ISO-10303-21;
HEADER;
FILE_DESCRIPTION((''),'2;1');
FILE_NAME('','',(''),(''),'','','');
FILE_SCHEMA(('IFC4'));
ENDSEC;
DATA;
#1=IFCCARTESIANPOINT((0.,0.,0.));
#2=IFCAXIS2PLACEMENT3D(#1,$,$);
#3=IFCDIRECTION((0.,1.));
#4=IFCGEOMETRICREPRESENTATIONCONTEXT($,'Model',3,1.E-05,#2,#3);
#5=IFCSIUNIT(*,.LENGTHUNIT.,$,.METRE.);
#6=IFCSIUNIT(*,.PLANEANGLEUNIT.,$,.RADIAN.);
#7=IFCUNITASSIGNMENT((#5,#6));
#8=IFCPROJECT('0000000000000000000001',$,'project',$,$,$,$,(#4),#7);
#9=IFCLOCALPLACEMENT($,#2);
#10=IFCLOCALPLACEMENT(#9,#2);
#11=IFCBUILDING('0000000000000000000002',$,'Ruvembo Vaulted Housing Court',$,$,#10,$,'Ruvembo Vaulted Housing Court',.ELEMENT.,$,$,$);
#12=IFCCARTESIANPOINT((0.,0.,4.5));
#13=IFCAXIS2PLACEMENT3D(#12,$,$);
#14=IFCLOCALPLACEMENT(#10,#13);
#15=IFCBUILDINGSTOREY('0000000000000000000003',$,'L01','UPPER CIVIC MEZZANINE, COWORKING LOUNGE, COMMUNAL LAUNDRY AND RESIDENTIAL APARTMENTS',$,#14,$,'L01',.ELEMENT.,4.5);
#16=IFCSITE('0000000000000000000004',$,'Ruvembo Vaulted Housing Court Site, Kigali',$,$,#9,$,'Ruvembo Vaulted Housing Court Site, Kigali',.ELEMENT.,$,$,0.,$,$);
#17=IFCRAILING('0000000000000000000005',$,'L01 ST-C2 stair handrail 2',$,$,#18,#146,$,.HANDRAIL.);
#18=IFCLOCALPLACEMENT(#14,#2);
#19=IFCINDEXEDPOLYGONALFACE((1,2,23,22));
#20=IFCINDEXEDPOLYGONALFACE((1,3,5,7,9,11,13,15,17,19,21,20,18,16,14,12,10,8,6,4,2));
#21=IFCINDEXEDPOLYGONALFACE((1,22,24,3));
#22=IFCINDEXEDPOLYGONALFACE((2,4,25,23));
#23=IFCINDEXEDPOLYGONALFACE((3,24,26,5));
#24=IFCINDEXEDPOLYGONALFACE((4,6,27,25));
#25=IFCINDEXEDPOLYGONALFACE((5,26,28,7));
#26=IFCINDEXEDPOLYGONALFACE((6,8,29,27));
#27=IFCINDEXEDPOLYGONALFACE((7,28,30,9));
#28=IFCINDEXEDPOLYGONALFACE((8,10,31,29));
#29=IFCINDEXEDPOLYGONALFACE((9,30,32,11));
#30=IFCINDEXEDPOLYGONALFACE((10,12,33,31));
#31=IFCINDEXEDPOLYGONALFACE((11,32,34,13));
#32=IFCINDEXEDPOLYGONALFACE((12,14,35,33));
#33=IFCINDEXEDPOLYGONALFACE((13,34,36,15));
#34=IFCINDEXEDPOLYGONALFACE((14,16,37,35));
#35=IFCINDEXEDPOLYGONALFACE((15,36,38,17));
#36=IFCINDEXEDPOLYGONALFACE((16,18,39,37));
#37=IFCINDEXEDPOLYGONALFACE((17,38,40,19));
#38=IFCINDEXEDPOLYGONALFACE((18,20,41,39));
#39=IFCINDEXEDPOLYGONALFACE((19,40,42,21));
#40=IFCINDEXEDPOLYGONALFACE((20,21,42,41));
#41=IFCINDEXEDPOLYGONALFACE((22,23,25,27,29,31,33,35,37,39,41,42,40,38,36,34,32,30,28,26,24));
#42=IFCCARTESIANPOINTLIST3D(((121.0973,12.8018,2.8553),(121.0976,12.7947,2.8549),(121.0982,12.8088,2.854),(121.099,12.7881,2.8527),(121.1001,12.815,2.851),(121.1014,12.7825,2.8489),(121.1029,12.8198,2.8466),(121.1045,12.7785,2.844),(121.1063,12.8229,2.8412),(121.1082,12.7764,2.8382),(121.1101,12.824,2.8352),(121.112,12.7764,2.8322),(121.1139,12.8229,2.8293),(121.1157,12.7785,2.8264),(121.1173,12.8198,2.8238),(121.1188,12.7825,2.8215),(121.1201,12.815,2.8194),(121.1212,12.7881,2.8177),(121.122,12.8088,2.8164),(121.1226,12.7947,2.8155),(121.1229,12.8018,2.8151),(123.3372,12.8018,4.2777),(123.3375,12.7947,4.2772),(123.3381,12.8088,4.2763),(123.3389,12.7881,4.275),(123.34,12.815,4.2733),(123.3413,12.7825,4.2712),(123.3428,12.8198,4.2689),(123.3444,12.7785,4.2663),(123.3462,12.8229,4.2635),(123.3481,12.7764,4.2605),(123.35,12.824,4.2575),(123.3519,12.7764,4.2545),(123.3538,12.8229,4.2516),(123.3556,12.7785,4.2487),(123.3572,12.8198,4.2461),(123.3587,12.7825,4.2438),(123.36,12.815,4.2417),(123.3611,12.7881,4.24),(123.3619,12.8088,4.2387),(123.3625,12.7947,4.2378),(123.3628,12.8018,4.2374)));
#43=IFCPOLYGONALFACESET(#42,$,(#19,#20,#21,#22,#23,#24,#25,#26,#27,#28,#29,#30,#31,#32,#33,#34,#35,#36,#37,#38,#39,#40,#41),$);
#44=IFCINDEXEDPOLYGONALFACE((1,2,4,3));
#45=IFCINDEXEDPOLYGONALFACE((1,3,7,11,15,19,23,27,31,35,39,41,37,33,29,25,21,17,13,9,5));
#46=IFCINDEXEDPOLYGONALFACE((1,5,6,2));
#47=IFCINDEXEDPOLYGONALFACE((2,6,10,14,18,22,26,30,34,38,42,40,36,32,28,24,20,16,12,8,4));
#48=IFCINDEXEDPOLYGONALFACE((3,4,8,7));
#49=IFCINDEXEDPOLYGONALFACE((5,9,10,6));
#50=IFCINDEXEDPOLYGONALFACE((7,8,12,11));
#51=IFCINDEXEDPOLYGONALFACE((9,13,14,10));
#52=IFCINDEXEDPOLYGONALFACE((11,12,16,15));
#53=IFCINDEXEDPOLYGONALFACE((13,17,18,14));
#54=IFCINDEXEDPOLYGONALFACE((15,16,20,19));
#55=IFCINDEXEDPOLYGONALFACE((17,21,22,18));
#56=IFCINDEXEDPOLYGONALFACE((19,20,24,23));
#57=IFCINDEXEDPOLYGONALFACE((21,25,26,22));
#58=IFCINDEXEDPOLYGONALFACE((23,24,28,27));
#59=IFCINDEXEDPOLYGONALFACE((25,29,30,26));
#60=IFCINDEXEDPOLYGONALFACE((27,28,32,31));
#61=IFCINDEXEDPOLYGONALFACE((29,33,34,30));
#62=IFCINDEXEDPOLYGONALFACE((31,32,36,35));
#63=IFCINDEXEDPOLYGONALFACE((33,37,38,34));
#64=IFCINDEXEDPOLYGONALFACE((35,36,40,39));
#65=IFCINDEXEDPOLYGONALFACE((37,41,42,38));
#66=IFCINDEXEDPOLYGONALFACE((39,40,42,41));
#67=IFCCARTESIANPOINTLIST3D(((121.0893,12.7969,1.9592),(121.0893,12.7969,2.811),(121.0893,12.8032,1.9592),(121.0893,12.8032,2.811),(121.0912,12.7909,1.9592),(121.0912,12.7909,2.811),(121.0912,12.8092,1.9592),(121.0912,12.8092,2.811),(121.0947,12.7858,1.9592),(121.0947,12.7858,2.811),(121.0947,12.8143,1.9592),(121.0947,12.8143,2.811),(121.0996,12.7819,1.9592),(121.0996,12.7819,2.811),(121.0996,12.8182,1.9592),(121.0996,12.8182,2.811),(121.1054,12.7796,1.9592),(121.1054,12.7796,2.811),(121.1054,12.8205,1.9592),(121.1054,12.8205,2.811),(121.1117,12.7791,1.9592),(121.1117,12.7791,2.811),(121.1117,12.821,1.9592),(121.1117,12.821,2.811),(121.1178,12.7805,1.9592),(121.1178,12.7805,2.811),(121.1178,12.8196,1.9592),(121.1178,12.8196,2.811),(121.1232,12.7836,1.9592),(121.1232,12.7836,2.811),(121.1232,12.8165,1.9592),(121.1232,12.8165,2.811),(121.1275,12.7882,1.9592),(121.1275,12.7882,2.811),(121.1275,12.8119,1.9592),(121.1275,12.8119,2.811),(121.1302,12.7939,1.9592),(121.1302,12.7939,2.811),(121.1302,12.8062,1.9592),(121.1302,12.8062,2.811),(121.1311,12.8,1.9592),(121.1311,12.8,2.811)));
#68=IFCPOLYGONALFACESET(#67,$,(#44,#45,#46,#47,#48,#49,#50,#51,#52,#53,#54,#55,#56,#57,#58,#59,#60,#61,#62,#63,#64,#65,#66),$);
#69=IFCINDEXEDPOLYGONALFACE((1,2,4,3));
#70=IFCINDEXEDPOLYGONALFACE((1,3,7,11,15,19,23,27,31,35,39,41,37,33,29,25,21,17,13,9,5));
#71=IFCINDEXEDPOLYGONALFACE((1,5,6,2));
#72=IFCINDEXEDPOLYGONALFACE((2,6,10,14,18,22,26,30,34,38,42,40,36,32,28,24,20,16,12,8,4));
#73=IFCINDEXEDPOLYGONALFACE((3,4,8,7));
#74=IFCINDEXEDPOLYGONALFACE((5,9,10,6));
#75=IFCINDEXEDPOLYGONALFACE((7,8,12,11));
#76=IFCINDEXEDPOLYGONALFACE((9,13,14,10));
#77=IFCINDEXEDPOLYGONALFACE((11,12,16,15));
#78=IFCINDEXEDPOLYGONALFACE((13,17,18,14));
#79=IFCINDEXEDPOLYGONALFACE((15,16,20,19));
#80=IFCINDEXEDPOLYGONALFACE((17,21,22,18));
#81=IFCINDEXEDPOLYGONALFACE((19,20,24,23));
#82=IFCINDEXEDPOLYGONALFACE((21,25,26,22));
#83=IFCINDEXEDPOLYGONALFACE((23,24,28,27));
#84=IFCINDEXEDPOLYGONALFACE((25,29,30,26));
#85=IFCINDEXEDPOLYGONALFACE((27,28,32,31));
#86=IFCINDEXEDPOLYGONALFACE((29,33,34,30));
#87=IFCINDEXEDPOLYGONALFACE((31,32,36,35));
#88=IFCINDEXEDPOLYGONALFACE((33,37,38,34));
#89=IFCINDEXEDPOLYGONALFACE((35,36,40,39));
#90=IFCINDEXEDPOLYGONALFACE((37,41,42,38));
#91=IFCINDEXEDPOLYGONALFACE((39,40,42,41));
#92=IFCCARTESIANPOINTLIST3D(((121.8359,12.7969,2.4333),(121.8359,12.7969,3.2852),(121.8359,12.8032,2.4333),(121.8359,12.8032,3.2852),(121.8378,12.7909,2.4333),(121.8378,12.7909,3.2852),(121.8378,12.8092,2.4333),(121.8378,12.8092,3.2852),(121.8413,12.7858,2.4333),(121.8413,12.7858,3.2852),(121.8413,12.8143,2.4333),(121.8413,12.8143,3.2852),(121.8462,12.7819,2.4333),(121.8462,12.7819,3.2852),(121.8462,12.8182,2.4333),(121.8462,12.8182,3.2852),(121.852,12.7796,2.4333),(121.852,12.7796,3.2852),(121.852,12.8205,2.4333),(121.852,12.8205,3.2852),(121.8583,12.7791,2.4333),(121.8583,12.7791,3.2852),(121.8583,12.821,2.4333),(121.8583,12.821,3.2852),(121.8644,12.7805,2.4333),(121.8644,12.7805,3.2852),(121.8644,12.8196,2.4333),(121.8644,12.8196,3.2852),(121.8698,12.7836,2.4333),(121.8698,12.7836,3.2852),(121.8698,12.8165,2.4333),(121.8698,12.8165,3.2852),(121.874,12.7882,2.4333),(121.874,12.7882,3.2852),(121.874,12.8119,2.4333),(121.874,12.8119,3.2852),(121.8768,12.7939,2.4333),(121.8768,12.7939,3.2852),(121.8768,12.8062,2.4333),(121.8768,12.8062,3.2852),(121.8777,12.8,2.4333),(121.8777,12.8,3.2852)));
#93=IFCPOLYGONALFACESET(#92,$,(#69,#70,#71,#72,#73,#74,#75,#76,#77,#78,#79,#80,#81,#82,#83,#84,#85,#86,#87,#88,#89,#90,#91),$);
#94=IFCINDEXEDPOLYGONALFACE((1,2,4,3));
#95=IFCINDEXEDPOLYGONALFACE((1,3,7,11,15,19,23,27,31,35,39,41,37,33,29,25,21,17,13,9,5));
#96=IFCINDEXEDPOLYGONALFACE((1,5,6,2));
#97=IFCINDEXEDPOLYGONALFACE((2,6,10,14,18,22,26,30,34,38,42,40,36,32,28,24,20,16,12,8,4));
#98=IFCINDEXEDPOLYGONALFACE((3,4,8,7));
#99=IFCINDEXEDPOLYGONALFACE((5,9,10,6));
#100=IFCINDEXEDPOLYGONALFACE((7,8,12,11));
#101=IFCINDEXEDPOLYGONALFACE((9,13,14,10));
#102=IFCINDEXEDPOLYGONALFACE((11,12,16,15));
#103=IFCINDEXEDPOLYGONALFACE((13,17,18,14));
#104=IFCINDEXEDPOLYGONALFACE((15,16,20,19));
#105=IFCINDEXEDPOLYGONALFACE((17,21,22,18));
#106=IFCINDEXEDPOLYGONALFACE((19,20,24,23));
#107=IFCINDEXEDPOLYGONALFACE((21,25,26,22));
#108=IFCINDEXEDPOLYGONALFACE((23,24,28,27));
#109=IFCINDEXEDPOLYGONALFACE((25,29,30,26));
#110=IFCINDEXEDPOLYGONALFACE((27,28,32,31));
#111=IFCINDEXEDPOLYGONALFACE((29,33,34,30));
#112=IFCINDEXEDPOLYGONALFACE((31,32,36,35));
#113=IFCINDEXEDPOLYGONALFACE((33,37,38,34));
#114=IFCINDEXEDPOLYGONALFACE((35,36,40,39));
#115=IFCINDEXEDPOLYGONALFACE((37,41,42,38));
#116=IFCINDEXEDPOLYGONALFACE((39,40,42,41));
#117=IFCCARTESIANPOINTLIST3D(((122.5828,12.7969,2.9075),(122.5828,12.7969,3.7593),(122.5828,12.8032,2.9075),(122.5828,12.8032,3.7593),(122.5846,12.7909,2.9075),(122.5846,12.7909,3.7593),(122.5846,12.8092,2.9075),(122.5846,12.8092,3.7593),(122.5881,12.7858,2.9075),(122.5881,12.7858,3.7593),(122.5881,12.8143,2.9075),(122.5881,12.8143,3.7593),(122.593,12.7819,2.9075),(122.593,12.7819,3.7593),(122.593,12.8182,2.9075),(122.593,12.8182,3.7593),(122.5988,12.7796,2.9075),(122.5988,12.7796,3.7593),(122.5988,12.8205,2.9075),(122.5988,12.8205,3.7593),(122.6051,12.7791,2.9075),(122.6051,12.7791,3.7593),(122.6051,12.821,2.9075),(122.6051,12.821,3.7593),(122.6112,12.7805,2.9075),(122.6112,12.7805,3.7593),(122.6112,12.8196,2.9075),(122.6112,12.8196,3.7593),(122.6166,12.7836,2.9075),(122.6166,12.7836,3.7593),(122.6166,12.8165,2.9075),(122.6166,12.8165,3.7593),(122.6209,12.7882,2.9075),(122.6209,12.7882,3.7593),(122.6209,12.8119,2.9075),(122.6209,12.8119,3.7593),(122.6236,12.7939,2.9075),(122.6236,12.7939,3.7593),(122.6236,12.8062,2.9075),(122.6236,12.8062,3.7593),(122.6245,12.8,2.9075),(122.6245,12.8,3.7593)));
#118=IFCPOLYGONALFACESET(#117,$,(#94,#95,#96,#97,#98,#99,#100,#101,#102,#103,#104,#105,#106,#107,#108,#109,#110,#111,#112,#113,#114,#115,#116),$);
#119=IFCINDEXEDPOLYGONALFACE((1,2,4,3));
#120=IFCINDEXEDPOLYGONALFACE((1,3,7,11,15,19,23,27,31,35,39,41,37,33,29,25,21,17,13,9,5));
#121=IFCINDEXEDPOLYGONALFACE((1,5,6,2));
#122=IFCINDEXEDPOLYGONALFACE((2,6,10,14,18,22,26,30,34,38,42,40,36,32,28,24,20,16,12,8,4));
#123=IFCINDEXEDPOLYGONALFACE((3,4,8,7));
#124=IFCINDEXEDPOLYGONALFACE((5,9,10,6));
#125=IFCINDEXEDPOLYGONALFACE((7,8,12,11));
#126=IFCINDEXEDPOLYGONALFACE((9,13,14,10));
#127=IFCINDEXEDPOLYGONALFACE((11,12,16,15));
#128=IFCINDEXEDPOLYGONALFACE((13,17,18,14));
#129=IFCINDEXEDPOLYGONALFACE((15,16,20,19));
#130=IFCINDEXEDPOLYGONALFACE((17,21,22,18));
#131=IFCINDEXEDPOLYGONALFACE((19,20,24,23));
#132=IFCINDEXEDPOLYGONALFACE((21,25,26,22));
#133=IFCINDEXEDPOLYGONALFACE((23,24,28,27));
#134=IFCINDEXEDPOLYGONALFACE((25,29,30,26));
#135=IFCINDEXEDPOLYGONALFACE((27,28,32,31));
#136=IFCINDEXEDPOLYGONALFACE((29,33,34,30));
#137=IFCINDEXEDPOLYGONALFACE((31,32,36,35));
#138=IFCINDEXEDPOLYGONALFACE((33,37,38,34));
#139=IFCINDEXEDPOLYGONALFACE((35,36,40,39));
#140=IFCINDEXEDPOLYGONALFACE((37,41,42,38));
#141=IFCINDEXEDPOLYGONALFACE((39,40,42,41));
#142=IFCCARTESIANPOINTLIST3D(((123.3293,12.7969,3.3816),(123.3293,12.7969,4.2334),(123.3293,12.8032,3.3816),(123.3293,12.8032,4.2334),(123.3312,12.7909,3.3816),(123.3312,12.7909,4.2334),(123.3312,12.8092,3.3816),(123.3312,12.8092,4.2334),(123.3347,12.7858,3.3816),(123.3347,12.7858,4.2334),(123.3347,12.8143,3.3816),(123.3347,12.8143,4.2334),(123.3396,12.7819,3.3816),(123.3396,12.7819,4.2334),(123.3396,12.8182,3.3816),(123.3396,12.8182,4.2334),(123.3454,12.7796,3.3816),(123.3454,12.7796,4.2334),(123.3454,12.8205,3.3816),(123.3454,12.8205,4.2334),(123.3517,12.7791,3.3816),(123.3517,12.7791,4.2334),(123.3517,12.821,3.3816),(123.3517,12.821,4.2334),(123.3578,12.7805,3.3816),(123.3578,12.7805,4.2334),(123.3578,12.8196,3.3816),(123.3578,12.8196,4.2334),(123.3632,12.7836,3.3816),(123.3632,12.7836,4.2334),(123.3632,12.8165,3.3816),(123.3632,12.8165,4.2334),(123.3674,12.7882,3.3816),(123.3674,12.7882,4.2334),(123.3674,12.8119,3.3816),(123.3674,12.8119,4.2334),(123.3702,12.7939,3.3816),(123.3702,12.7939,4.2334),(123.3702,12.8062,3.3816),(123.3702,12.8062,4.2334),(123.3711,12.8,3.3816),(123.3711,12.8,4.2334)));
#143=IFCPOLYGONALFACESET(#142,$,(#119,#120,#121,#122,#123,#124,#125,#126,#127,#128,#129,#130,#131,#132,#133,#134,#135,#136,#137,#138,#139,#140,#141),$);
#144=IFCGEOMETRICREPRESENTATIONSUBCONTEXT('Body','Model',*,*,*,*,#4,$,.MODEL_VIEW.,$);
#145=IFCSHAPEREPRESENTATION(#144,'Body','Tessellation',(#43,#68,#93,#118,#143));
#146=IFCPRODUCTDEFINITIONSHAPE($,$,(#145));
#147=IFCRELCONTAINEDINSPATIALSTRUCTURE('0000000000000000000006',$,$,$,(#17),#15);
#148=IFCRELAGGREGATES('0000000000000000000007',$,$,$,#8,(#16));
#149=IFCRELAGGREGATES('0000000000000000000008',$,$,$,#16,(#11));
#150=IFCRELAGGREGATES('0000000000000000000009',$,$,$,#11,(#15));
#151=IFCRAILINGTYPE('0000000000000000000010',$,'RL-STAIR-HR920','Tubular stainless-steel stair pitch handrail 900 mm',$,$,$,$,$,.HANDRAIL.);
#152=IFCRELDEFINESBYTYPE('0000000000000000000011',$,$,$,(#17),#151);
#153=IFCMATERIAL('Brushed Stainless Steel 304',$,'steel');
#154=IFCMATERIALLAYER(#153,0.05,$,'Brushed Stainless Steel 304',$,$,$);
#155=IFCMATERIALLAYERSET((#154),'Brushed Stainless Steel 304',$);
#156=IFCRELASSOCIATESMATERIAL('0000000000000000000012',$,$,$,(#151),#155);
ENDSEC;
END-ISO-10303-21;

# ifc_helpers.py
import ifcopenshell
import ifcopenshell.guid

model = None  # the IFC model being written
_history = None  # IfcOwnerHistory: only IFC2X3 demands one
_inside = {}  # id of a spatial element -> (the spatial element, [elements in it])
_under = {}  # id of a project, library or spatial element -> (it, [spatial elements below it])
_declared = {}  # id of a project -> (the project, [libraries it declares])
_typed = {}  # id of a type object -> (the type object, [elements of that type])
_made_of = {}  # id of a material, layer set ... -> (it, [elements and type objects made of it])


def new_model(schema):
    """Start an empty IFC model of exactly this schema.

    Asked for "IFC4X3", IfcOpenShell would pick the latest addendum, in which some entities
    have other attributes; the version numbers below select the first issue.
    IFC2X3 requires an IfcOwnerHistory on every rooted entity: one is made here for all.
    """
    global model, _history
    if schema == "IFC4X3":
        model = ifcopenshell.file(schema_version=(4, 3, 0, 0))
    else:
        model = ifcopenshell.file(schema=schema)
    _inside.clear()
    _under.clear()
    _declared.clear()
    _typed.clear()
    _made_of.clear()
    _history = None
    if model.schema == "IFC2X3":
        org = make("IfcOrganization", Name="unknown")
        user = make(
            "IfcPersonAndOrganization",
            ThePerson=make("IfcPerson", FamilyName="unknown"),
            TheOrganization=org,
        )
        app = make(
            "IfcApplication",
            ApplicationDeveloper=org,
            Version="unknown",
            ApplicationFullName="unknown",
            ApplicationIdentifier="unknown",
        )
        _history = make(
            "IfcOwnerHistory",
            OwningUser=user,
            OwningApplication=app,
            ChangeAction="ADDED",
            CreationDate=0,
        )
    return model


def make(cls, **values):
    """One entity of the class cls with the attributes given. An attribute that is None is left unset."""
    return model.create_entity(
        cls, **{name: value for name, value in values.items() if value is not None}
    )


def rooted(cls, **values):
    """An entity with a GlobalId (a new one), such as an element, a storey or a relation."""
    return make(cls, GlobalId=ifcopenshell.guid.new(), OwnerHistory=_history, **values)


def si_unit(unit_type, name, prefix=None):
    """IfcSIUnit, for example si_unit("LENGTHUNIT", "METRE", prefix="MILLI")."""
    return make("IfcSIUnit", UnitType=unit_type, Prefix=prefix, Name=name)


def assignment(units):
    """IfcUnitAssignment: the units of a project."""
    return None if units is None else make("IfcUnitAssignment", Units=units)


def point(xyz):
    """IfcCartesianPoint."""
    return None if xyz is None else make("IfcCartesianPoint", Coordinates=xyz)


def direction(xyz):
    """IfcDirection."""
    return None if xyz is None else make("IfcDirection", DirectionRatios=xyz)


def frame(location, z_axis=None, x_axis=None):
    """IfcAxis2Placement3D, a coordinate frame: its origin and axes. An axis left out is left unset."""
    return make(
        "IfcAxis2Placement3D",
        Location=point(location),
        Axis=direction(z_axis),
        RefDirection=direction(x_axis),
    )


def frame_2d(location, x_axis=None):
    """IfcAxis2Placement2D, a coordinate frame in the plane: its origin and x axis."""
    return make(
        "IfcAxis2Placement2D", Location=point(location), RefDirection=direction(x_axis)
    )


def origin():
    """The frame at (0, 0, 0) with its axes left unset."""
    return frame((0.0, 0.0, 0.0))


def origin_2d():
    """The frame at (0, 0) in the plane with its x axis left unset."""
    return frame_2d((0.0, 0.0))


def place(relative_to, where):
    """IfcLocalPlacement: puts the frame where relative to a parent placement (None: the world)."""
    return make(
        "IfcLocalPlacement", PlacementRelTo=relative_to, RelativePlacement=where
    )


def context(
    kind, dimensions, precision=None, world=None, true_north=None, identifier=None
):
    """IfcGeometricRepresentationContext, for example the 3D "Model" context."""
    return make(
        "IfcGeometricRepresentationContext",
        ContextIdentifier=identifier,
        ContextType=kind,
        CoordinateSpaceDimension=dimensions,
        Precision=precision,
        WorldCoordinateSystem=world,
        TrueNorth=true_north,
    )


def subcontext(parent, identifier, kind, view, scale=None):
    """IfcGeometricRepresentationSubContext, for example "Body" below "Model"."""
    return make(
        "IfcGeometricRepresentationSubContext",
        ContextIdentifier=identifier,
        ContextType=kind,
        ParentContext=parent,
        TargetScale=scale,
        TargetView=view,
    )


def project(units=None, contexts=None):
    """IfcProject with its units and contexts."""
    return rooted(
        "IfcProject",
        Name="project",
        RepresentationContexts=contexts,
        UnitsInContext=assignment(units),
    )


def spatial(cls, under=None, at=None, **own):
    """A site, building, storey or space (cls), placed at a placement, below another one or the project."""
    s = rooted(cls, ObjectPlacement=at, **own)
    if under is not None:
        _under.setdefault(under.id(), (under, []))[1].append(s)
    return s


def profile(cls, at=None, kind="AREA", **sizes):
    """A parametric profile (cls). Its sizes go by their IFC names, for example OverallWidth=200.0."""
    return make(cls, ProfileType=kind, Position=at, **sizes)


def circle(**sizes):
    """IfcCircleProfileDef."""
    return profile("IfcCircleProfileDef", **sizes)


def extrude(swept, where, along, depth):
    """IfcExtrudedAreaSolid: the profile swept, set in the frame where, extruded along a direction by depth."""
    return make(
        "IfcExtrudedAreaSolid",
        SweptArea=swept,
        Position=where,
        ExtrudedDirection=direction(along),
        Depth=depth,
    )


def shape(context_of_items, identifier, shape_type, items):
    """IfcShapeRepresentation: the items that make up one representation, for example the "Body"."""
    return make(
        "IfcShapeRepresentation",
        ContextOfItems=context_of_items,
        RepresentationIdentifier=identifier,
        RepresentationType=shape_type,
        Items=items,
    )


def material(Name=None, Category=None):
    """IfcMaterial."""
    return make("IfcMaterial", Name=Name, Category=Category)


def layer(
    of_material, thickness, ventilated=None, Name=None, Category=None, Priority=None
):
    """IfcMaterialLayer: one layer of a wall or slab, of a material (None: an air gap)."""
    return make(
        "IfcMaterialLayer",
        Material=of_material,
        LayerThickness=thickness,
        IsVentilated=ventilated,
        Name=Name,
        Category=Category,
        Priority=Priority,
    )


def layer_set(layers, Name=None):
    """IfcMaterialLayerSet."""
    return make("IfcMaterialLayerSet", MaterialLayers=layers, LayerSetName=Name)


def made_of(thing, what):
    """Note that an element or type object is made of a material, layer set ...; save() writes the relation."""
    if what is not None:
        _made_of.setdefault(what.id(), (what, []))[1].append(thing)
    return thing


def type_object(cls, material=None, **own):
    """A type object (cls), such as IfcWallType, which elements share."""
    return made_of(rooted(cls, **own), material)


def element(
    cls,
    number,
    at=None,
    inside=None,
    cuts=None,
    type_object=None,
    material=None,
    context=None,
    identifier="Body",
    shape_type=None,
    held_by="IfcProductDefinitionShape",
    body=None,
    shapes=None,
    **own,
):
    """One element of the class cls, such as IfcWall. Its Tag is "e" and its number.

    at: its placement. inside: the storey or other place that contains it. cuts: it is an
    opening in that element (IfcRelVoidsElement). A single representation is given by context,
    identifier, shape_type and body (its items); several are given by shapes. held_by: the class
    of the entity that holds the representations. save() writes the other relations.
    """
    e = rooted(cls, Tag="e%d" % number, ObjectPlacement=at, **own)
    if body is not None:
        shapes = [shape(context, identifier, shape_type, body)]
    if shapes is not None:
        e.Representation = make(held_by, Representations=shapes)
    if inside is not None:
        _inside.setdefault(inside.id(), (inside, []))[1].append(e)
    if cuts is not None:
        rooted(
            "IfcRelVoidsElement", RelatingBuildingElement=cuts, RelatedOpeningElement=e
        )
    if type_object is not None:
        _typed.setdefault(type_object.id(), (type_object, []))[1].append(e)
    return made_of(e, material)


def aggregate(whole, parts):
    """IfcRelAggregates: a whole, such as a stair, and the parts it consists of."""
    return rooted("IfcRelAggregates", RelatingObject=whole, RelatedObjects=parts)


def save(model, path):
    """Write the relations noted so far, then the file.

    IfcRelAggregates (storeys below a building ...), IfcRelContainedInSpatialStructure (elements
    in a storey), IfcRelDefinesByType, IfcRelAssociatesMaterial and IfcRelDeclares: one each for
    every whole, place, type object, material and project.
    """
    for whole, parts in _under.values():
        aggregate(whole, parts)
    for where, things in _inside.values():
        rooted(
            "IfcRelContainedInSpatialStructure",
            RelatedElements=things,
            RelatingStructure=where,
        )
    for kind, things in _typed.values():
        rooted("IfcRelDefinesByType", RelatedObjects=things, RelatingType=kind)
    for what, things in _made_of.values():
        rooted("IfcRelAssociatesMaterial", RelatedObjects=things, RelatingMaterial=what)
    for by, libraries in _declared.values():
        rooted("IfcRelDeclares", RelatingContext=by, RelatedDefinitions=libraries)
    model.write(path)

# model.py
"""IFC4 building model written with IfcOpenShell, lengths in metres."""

from ifc_helpers import new_model, si_unit, direction, frame, origin, origin_2d, place, context, subcontext, project, spatial, circle, extrude, material, layer, layer_set, type_object, element, save


model = new_model("IFC4")

# Units and contexts
model_context = context("Model", 3, precision=1e-05, world=origin(), true_north=direction((0.0, 1.0)))
body_context = subcontext(model_context, "Body", "Model", "MODEL_VIEW")
ifc_project = project(units=[si_unit("LENGTHUNIT", "METRE"), si_unit("PLANEANGLEUNIT", "RADIAN")], contexts=[model_context])

# Site, building, storey
site_placement = place(None, origin())
site = spatial("IfcSite", under=ifc_project, at=site_placement, Name="Ruvembo Vaulted Housing Court Site, Kigali", LongName="Ruvembo Vaulted Housing Court Site, Kigali", CompositionType="ELEMENT", RefElevation=0.0)
building_placement = place(site_placement, origin())
building = spatial("IfcBuilding", under=site, at=building_placement, Name="Ruvembo Vaulted Housing Court", LongName="Ruvembo Vaulted Housing Court", CompositionType="ELEMENT")
storey_placement = place(building_placement, frame((0.0, 0.0, 4.5)))
storey = spatial("IfcBuildingStorey", under=building, at=storey_placement, Name="L01", Description="UPPER CIVIC MEZZANINE, COWORKING LOUNGE, COMMUNAL LAUNDRY AND RESIDENTIAL APARTMENTS", LongName="L01", CompositionType="ELEMENT", Elevation=4.5)

# Railing
ifc_material_1 = material(Name="Brushed Stainless Steel 304", Category="steel")
ifc_layer_1 = layer(ifc_material_1, 0.05, Name="Brushed Stainless Steel 304")
ifc_layer_set_1 = layer_set([ifc_layer_1], Name="Brushed Stainless Steel 304")
railing_type_1 = type_object("IfcRailingType", Name="RL-STAIR-HR920", Description="Tubular stainless-steel stair pitch handrail 900 mm", PredefinedType="HANDRAIL", material=ifc_layer_set_1)
railing_1_placement = place(storey_placement, frame((121.1101, 12.8, 1.9592)))
element("IfcRailing", 1, at=railing_1_placement, inside=storey, type_object=railing_type_1, Name="L01 ST-C2 stair handrail 2", PredefinedType="HANDRAIL", context=body_context, shape_type="SweptSolid", body=[
    extrude(circle(Radius=0.0239, at=origin_2d()), frame((0.0, 0.0, 0.876), z_axis=(0.844188, 0.0, 0.536048), x_axis=(0.0, 1.0, 0.0)), (0.0, 0.0, 1.0), 2.6533),
    extrude(circle(Radius=0.021, at=origin_2d()), origin(), (0.0, 0.0, 1.0), 0.8518),
    extrude(circle(Radius=0.021, at=origin_2d()), frame((0.7466, 0.0, 0.4741)), (0.0, 0.0, 1.0), 0.8518),
    extrude(circle(Radius=0.021, at=origin_2d()), frame((1.4934, 0.0, 0.9482)), (0.0, 0.0, 1.0), 0.8518),
    extrude(circle(Radius=0.021, at=origin_2d()), frame((2.24, 0.0, 1.4224)), (0.0, 0.0, 1.0), 0.8518),
])

save(model, "model.ifc")
